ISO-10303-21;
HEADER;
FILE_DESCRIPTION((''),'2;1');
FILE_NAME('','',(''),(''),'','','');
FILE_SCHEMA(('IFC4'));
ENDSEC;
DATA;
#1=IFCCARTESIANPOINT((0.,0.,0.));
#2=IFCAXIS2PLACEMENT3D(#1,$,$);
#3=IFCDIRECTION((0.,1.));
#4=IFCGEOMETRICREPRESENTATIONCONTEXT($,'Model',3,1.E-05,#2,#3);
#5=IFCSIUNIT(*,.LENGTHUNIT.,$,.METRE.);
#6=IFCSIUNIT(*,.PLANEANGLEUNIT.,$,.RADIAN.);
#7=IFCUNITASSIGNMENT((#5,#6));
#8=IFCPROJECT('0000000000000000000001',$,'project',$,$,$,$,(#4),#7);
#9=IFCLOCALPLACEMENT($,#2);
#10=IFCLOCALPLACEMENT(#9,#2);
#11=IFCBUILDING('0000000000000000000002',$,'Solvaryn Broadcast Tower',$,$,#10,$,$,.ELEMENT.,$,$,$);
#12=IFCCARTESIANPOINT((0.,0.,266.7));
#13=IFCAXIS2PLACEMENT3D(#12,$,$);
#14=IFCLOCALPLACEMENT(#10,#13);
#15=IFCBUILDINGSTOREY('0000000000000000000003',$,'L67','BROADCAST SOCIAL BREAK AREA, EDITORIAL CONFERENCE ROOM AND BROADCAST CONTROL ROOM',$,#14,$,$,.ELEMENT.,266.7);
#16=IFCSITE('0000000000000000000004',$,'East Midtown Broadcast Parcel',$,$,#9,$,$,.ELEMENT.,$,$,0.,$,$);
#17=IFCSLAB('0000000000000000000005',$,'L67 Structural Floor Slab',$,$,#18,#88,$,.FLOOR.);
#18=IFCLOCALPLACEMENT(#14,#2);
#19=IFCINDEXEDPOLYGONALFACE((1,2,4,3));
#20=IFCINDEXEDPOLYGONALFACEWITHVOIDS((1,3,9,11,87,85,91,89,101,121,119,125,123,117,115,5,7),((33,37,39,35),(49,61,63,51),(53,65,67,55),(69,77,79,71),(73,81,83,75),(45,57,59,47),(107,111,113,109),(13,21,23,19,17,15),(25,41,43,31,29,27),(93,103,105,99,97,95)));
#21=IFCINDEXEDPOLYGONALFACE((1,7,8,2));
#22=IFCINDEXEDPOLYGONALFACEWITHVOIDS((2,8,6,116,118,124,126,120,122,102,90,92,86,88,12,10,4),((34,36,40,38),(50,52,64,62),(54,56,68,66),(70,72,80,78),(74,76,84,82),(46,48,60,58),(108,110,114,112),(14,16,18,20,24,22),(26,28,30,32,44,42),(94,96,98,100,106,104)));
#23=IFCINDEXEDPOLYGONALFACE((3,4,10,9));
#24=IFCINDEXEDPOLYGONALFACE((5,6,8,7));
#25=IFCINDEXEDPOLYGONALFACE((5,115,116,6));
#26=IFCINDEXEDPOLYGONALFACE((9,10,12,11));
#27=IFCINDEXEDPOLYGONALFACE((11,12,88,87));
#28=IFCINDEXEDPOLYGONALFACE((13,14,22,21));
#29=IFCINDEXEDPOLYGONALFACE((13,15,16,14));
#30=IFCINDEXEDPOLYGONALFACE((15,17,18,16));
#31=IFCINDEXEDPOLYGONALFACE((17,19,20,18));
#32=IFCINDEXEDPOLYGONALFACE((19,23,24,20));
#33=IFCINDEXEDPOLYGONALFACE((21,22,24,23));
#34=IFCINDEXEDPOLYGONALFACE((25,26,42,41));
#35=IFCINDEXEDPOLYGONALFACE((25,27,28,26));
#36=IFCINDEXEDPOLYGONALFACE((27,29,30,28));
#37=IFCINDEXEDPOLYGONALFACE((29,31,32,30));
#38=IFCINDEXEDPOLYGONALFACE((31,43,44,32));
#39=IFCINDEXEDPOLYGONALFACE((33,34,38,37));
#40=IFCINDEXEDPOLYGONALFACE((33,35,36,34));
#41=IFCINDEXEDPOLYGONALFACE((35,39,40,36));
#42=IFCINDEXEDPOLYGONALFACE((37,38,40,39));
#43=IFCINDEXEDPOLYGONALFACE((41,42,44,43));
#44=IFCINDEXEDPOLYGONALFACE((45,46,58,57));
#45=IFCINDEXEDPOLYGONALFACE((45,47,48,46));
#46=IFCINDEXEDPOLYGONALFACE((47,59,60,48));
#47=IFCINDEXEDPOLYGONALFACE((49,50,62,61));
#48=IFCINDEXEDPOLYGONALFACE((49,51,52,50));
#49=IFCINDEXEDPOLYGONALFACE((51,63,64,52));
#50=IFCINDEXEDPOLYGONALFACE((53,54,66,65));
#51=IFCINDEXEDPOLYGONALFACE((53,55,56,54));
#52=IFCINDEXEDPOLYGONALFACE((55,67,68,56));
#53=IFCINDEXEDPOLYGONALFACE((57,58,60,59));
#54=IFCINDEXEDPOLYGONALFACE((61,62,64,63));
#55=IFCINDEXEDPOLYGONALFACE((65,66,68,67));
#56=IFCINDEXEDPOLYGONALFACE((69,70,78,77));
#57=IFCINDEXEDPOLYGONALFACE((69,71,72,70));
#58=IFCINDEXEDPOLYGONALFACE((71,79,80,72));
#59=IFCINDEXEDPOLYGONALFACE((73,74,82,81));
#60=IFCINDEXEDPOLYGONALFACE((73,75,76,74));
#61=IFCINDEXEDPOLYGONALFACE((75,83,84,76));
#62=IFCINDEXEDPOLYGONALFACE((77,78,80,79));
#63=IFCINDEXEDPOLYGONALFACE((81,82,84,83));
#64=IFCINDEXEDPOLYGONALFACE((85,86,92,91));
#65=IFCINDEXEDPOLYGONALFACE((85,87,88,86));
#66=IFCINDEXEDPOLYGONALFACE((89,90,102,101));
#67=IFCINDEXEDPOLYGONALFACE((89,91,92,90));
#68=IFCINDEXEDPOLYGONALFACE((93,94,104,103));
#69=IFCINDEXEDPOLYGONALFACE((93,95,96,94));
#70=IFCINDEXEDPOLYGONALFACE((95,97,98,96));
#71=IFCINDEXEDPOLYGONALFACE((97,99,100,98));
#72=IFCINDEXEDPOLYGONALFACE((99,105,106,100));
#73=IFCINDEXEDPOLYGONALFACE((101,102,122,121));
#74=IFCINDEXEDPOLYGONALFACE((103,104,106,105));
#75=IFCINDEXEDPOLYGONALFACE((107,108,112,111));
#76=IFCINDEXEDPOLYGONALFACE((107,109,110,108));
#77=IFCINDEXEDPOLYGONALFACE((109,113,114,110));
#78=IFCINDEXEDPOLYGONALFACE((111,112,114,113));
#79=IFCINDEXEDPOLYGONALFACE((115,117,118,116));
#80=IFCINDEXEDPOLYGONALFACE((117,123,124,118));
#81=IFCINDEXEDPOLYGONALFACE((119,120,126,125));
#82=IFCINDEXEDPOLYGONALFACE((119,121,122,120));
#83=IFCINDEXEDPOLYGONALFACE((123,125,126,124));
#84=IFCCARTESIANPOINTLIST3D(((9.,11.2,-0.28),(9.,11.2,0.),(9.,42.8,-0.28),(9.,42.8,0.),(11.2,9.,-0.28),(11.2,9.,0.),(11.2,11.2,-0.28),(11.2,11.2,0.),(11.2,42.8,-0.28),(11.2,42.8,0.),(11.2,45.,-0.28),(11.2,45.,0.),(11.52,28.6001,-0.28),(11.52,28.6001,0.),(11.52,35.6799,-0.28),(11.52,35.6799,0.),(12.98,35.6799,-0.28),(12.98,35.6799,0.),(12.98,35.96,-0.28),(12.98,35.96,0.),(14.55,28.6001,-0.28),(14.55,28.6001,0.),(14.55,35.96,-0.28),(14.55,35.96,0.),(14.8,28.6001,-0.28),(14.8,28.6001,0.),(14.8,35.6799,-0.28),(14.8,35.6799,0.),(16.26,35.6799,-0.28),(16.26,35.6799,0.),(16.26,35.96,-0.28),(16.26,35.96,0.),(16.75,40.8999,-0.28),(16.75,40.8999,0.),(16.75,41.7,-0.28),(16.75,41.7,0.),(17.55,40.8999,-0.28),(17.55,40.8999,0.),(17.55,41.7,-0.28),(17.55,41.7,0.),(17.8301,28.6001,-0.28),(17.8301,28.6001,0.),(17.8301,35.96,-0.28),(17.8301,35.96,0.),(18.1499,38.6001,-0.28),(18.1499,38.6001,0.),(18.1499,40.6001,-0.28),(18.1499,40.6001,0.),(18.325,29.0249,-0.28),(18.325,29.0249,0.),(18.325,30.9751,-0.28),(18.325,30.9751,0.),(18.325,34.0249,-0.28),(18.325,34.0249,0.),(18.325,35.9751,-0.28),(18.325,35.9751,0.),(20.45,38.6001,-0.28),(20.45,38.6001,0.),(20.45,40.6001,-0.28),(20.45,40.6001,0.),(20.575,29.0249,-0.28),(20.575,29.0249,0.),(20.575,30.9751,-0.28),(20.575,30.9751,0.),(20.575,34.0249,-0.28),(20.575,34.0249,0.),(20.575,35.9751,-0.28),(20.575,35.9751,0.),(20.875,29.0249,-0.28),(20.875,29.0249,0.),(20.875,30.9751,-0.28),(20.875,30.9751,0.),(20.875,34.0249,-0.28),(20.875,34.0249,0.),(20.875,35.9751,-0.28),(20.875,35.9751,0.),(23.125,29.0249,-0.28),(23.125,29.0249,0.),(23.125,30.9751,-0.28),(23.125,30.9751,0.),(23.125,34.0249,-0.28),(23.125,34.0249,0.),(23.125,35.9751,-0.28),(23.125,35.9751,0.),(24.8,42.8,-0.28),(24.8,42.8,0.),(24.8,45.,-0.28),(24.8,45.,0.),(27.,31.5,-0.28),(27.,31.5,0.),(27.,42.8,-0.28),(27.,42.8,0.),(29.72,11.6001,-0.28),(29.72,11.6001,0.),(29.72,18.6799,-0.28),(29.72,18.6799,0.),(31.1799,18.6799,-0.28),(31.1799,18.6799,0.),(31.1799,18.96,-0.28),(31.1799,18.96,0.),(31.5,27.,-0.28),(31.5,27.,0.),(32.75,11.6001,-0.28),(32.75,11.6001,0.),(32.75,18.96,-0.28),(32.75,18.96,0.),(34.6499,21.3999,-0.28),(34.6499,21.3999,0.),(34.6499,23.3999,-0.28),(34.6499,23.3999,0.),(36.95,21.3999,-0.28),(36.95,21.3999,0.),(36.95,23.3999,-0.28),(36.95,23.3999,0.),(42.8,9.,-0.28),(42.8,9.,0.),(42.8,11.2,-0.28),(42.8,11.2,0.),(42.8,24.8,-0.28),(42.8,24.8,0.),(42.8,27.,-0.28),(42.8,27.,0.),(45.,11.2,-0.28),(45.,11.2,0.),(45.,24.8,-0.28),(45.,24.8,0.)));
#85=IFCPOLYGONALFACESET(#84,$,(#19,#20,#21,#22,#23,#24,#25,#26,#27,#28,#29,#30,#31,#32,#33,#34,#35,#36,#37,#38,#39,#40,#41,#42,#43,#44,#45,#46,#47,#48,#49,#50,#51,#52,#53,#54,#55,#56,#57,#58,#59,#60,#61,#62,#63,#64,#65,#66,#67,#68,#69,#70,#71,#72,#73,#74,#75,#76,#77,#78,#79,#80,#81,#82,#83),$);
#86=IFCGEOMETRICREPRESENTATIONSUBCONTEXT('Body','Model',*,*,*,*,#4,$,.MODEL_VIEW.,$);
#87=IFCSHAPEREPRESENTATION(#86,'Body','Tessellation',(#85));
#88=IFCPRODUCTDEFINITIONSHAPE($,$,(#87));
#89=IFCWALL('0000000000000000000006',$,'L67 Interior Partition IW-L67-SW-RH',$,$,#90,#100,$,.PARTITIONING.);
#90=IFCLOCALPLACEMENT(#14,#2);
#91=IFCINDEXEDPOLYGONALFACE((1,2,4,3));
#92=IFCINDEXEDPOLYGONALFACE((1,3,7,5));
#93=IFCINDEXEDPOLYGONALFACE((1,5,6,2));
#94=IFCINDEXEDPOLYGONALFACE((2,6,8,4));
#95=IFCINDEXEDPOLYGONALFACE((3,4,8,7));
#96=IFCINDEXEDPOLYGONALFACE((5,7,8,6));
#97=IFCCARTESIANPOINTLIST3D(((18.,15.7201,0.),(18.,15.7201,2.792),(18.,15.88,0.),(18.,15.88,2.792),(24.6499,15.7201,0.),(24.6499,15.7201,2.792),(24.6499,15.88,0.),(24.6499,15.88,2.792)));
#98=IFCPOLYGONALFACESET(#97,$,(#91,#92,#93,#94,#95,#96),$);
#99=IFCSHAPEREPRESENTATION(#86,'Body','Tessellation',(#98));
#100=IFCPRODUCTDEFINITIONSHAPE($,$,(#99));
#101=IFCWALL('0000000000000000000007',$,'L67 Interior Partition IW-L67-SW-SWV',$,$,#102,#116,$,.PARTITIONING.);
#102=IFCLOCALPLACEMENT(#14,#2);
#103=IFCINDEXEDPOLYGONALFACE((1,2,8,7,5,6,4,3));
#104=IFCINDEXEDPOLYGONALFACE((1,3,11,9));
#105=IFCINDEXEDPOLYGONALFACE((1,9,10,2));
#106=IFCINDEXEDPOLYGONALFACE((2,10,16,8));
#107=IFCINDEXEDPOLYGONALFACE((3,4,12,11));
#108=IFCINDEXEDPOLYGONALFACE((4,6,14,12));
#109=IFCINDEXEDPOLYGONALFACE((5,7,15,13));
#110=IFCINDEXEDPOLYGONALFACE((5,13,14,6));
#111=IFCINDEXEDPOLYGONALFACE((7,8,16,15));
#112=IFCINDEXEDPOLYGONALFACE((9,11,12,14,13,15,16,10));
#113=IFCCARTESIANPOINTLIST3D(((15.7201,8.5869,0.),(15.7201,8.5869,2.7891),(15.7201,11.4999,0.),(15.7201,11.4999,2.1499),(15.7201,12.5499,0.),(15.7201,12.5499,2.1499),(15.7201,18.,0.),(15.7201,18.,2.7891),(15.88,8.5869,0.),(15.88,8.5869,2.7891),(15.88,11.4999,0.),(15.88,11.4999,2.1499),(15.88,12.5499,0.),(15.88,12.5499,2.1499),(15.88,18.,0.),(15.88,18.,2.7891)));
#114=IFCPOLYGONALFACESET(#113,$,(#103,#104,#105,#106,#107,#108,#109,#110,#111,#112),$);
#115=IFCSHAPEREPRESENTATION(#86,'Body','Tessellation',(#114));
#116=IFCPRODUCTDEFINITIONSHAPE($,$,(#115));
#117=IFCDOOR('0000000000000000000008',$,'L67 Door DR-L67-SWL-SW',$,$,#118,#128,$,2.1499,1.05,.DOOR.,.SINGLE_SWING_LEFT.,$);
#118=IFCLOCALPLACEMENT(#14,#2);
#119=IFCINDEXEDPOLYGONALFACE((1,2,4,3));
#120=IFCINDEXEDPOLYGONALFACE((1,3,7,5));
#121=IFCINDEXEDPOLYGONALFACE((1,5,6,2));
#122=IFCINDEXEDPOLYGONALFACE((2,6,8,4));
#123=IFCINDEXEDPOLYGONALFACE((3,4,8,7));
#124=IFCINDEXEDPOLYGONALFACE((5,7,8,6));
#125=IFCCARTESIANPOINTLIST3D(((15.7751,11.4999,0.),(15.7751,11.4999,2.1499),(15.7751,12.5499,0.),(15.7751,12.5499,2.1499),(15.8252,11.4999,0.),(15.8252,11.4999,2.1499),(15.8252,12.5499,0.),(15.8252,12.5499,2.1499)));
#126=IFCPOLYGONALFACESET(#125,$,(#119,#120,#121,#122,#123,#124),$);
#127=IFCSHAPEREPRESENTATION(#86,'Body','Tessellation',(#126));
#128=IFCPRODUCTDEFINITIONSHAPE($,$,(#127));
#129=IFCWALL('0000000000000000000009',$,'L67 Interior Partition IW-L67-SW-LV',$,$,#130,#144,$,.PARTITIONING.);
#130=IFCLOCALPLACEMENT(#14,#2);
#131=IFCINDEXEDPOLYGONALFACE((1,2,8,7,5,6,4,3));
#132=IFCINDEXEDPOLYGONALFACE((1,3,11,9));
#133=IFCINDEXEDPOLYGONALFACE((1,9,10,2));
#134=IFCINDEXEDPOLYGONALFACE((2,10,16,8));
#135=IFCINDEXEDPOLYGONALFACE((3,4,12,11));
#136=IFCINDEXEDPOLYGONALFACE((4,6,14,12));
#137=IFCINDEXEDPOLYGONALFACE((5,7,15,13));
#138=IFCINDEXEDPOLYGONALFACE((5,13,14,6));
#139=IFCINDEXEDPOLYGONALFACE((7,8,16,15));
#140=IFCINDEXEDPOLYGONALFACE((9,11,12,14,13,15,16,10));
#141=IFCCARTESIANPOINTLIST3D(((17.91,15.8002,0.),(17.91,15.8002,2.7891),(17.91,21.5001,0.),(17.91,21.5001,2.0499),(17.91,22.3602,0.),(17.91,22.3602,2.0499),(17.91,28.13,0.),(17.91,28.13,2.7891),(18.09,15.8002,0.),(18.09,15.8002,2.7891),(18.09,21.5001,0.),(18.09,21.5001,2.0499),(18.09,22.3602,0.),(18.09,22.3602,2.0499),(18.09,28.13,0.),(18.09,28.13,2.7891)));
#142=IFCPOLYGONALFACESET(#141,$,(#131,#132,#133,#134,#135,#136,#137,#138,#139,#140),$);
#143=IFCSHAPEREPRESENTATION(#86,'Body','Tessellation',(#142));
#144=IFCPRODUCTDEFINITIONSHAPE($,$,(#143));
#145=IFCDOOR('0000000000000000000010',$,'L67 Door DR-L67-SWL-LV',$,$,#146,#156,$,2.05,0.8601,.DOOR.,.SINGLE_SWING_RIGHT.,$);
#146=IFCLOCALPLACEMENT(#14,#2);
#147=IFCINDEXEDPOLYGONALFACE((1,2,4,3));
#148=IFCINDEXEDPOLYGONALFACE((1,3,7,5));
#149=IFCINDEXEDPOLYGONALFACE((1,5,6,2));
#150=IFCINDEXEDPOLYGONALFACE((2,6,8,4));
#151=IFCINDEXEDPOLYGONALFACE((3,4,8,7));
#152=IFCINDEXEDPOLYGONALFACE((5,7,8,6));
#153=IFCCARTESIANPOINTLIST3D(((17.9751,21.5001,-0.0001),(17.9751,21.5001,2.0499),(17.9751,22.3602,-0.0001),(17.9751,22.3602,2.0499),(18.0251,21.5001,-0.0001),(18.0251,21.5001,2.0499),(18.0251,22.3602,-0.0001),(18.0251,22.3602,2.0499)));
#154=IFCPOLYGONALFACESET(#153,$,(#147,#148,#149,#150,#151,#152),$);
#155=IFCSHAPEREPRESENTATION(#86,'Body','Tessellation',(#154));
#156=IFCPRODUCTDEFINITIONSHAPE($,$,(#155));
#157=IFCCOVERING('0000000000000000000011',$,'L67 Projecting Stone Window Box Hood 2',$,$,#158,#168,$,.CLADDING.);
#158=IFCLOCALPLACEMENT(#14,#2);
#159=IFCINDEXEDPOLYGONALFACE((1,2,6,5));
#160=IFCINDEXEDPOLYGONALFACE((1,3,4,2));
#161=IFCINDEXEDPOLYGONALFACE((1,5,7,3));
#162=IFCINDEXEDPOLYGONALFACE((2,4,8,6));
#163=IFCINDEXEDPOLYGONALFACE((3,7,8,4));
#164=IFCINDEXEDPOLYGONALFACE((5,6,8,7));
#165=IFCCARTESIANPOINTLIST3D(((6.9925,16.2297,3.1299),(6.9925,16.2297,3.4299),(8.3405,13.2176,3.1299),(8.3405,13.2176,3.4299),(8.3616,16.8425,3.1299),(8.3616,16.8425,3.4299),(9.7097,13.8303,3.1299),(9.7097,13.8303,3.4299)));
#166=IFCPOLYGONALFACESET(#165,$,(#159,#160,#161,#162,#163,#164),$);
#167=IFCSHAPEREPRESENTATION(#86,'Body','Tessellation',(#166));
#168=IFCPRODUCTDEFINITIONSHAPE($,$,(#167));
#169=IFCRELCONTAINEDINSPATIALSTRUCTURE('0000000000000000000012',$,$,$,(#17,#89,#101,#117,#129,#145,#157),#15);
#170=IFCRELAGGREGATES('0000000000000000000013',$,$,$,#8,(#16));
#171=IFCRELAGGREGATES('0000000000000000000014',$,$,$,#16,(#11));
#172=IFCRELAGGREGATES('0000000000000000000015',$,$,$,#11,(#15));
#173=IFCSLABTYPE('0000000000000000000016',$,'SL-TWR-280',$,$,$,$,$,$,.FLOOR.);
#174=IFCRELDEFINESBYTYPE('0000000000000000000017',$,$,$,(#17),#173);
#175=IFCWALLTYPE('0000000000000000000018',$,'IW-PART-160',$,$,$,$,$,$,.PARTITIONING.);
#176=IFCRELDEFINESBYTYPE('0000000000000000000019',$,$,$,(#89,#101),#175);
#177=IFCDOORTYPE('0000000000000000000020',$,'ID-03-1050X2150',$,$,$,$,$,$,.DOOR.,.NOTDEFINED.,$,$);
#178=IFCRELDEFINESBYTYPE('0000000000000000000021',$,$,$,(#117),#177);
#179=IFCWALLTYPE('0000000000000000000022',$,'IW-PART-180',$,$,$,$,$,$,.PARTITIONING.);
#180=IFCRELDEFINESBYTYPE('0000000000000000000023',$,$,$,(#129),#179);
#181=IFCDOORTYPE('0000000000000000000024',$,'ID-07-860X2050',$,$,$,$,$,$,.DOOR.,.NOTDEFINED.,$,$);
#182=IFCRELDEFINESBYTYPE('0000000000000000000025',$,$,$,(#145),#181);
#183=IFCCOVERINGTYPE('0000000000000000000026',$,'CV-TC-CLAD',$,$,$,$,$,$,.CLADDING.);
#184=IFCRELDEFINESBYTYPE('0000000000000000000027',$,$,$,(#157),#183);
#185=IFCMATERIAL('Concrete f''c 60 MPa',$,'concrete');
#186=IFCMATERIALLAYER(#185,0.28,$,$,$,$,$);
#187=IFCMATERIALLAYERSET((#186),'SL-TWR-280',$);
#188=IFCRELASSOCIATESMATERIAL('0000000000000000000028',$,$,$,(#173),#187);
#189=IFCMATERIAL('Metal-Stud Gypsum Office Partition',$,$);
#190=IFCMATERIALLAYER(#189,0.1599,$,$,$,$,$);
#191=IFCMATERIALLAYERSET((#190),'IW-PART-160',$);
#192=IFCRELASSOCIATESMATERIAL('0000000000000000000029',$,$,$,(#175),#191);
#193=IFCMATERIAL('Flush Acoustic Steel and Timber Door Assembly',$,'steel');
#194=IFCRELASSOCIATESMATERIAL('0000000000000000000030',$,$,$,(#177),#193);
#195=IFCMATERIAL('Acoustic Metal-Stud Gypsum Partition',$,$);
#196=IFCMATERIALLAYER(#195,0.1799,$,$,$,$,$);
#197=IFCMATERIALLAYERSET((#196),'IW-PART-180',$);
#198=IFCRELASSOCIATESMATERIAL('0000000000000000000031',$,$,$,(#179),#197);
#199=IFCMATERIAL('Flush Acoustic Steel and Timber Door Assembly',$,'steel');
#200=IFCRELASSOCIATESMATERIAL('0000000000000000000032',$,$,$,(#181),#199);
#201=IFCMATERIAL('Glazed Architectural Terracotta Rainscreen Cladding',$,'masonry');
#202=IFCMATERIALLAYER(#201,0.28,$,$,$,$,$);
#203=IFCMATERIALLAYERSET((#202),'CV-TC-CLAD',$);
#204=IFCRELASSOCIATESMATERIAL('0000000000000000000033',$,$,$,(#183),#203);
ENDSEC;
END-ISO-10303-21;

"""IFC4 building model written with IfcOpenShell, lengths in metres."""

from ifc_helpers import new_model, si_unit, direction, frame, frame_2d, origin, origin_2d, place, context, subcontext, project, spatial, polyline, rectangle, outline, extrude, material, layer, layer_set, type_object, element, fill, save


model = new_model("IFC4")

# Units and contexts
model_context = context("Model", 3, precision=1e-05, world=origin(), true_north=direction((0.0, 1.0)))
body_context = subcontext(model_context, "Body", "Model", "MODEL_VIEW")
ifc_project = project(units=[si_unit("LENGTHUNIT", "METRE"), si_unit("PLANEANGLEUNIT", "RADIAN")], contexts=[model_context])

# Site, building, storey
site_placement = place(None, origin())
site = spatial("IfcSite", under=ifc_project, at=site_placement, Name="East Midtown Broadcast Parcel", CompositionType="ELEMENT", RefElevation=0.0)
building_placement = place(site_placement, origin())
building = spatial("IfcBuilding", under=site, at=building_placement, Name="Solvaryn Broadcast Tower", CompositionType="ELEMENT")
storey_placement = place(building_placement, frame((0.0, 0.0, 266.7)))
storey = spatial("IfcBuildingStorey", under=building, at=storey_placement, Name="L67", Description="BROADCAST SOCIAL BREAK AREA, EDITORIAL CONFERENCE ROOM AND BROADCAST CONTROL ROOM", CompositionType="ELEMENT", Elevation=266.7)

# Slab
ifc_material_1 = material(Name="Concrete f'c 60 MPa", Category="concrete")
ifc_layer_1 = layer(ifc_material_1, 0.28)
ifc_layer_set_1 = layer_set([ifc_layer_1], Name="SL-TWR-280")
slab_type_1 = type_object("IfcSlabType", Name="SL-TWR-280", PredefinedType="FLOOR", material=ifc_layer_set_1)
slab_1_placement = place(storey_placement, frame((0.0, 0.0, -0.28)))
element("IfcSlab", 1, at=slab_1_placement, inside=storey, type_object=slab_type_1, Name="L67 Structural Floor Slab", PredefinedType="FLOOR", context=body_context, shape_type="SweptSolid", body=[
    extrude(outline(polyline([(11.2, 9.0), (42.8, 9.0), (42.8, 11.2), (45.0, 11.2), (45.0, 24.8), (42.8, 24.8), (42.8, 27.0), (31.5, 27.0), (27.0, 31.5), (27.0, 42.8), (24.8, 42.8), (24.8, 45.0), (11.2, 45.0), (11.2, 42.8), (9.0, 42.8), (9.0, 11.2), (11.2, 11.2), (11.2, 9.0)]), holes=[polyline([(11.52, 28.6001), (14.55, 28.6001), (14.55, 35.96), (12.98, 35.96), (12.98, 35.6799), (11.52, 35.6799), (11.52, 28.6001)]), polyline([(14.8, 28.6001), (17.8301, 28.6001), (17.8301, 35.96), (16.26, 35.96), (16.26, 35.6799), (14.8, 35.6799), (14.8, 28.6001)]), polyline([(29.72, 11.6001), (32.75, 11.6001), (32.75, 18.96), (31.1799, 18.96), (31.1799, 18.6799), (29.72, 18.6799), (29.72, 11.6001)]), polyline([(18.1499, 38.6001), (20.45, 38.6001), (20.45, 40.6001), (18.1499, 40.6001), (18.1499, 38.6001)]), polyline([(18.325, 29.0249), (20.575, 29.0249), (20.575, 30.9751), (18.325, 30.9751), (18.325, 29.0249)]), polyline([(20.875, 29.0249), (23.125, 29.0249), (23.125, 30.9751), (20.875, 30.9751), (20.875, 29.0249)]), polyline([(18.325, 34.0249), (20.575, 34.0249), (20.575, 35.9751), (18.325, 35.9751), (18.325, 34.0249)]), polyline([(20.875, 34.0249), (23.125, 34.0249), (23.125, 35.9751), (20.875, 35.9751), (20.875, 34.0249)]), polyline([(34.6499, 21.3999), (36.95, 21.3999), (36.95, 23.3999), (34.6499, 23.3999), (34.6499, 21.3999)]), polyline([(16.75, 40.8999), (17.55, 40.8999), (17.55, 41.7), (16.75, 41.7), (16.75, 40.8999)])]), origin(), (0.0, 0.0, 1.0), 0.28),
])

# Wall
ifc_material_2 = material(Name="Metal-Stud Gypsum Office Partition")
ifc_layer_2 = layer(ifc_material_2, 0.1599)
ifc_layer_set_2 = layer_set([ifc_layer_2], Name="IW-PART-160")
wall_type_1 = type_object("IfcWallType", Name="IW-PART-160", PredefinedType="PARTITIONING", material=ifc_layer_set_2)
wall_1_placement = place(storey_placement, frame((18.0, 15.8, 0.0), z_axis=(0.0, 0.0, 1.0), x_axis=(1.0, 0.0, 0.0)))
element("IfcWall", 2, at=wall_1_placement, inside=storey, type_object=wall_type_1, Name="L67 Interior Partition IW-L67-SW-RH", PredefinedType="PARTITIONING", context=body_context, shape_type="SweptSolid", body=[
    extrude(rectangle(XDim=6.6499, YDim=0.1599, at=frame_2d((3.325, 0.0))), origin(), (0.0, 0.0, 1.0), 2.792),
])

# Walls, openings, doors
wall_2_placement = place(storey_placement, frame((15.8, 8.5869, 0.0), z_axis=(0.0, 0.0, 1.0), x_axis=(0.0, 1.0, 0.0)))
wall_2 = element("IfcWall", 3, at=wall_2_placement, inside=storey, type_object=wall_type_1, Name="L67 Interior Partition IW-L67-SW-SWV", PredefinedType="PARTITIONING", context=body_context, shape_type="SweptSolid", body=[
    extrude(rectangle(XDim=9.4131, YDim=0.1599, at=frame_2d((4.7065, 0.0))), origin(), (0.0, 0.0, 1.0), 2.7891),
])
opening_1_placement = place(wall_2_placement, frame((2.9131, 0.0, 0.0)))
opening_1 = element("IfcOpeningElement", 4, at=opening_1_placement, cuts=wall_2, PredefinedType="OPENING", context=body_context, shape_type="SweptSolid", body=[
    extrude(rectangle(XDim=1.05, YDim=2.1499, at=frame_2d((0.5249, 1.075))), frame((0.0, 0.0901, 0.0), z_axis=(0.0, -1.0, 0.0), x_axis=(1.0, 0.0, 0.0)), (0.0, 0.0, 1.0), 0.1799),
])
ifc_material_3 = material(Name="Flush Acoustic Steel and Timber Door Assembly", Category="steel")
door_type_1 = type_object("IfcDoorType", Name="ID-03-1050X2150", OperationType="NOTDEFINED", PredefinedType="DOOR", material=ifc_material_3)
door_1_placement = place(opening_1_placement, origin())
door_1 = element("IfcDoor", 5, at=door_1_placement, inside=storey, type_object=door_type_1, Name="L67 Door DR-L67-SWL-SW", OperationType="SINGLE_SWING_LEFT", OverallHeight=2.1499, OverallWidth=1.05, PredefinedType="DOOR", context=body_context, shape_type="SweptSolid", body=[
    extrude(rectangle(XDim=1.05, YDim=2.1499, at=frame_2d((0.5249, 1.075))), frame((0.0, 0.0249, 0.0), z_axis=(0.0, -1.0, 0.0), x_axis=(1.0, 0.0, 0.0)), (0.0, 0.0, 1.0), 0.05),
])
fill(opening_1, door_1)
ifc_material_4 = material(Name="Acoustic Metal-Stud Gypsum Partition")
ifc_layer_3 = layer(ifc_material_4, 0.1799)
ifc_layer_set_3 = layer_set([ifc_layer_3], Name="IW-PART-180")
wall_type_2 = type_object("IfcWallType", Name="IW-PART-180", PredefinedType="PARTITIONING", material=ifc_layer_set_3)
wall_3_placement = place(storey_placement, frame((18.0, 15.8, 0.0), z_axis=(0.0, 0.0, 1.0), x_axis=(0.0, 1.0, 0.0)))
wall_3 = element("IfcWall", 6, at=wall_3_placement, inside=storey, type_object=wall_type_2, Name="L67 Interior Partition IW-L67-SW-LV", PredefinedType="PARTITIONING", context=body_context, shape_type="SweptSolid", body=[
    extrude(rectangle(XDim=12.3298, YDim=0.1799, at=frame_2d((6.165, 0.0))), origin(), (0.0, 0.0, 1.0), 2.7891),
])
opening_2_placement = place(wall_3_placement, frame((5.7, 0.0, 0.0)))
opening_2 = element("IfcOpeningElement", 7, at=opening_2_placement, cuts=wall_3, PredefinedType="OPENING", context=body_context, shape_type="SweptSolid", body=[
    extrude(rectangle(XDim=0.8601, YDim=2.05, at=frame_2d((0.4302, 1.0249))), frame((0.0, 0.0999, 0.0), z_axis=(0.0, -1.0, 0.0), x_axis=(1.0, 0.0, 0.0)), (0.0, 0.0, 1.0), 0.2),
])
ifc_material_5 = material(Name="Flush Acoustic Steel and Timber Door Assembly", Category="steel")
door_type_2 = type_object("IfcDoorType", Name="ID-07-860X2050", OperationType="NOTDEFINED", PredefinedType="DOOR", material=ifc_material_5)
door_2_placement = place(opening_2_placement, origin())
door_2 = element("IfcDoor", 8, at=door_2_placement, inside=storey, type_object=door_type_2, Name="L67 Door DR-L67-SWL-LV", OperationType="SINGLE_SWING_RIGHT", OverallHeight=2.05, OverallWidth=0.8601, PredefinedType="DOOR", context=body_context, shape_type="SweptSolid", body=[
    extrude(rectangle(XDim=0.8601, YDim=2.05, at=frame_2d((0.4302, 1.0249))), frame((0.0, 0.0249, 0.0), z_axis=(0.0, -1.0, 0.0), x_axis=(1.0, 0.0, 0.0)), (0.0, 0.0, 1.0), 0.05),
])
fill(opening_2, door_2)

# Covering
ifc_material_6 = material(Name="Glazed Architectural Terracotta Rainscreen Cladding", Category="masonry")
ifc_layer_4 = layer(ifc_material_6, 0.28)
ifc_layer_set_4 = layer_set([ifc_layer_4], Name="CV-TC-CLAD")
covering_type_1 = type_object("IfcCoveringType", Name="CV-TC-CLAD", PredefinedType="CLADDING", material=ifc_layer_set_4)
for number, where, z_axis, x_axis, name in (
    (9, (8.3511, 15.03, 3.1299), (0.0, 0.0, 1.0), (0.40849, -0.912763, 0.0), "L67 Projecting Stone Window Box Hood 2"),
):
    element("IfcCovering", number, at=place(storey_placement, frame(where, z_axis=z_axis, x_axis=x_axis)), inside=storey, type_object=covering_type_1, Name=name, PredefinedType="CLADDING", context=body_context, shape_type="SweptSolid", body=[
        extrude(rectangle(XDim=3.3, YDim=1.5, at=origin_2d()), origin(), (0.0, 0.0, 1.0), 0.3),
    ])

save(model, "model.ifc")
